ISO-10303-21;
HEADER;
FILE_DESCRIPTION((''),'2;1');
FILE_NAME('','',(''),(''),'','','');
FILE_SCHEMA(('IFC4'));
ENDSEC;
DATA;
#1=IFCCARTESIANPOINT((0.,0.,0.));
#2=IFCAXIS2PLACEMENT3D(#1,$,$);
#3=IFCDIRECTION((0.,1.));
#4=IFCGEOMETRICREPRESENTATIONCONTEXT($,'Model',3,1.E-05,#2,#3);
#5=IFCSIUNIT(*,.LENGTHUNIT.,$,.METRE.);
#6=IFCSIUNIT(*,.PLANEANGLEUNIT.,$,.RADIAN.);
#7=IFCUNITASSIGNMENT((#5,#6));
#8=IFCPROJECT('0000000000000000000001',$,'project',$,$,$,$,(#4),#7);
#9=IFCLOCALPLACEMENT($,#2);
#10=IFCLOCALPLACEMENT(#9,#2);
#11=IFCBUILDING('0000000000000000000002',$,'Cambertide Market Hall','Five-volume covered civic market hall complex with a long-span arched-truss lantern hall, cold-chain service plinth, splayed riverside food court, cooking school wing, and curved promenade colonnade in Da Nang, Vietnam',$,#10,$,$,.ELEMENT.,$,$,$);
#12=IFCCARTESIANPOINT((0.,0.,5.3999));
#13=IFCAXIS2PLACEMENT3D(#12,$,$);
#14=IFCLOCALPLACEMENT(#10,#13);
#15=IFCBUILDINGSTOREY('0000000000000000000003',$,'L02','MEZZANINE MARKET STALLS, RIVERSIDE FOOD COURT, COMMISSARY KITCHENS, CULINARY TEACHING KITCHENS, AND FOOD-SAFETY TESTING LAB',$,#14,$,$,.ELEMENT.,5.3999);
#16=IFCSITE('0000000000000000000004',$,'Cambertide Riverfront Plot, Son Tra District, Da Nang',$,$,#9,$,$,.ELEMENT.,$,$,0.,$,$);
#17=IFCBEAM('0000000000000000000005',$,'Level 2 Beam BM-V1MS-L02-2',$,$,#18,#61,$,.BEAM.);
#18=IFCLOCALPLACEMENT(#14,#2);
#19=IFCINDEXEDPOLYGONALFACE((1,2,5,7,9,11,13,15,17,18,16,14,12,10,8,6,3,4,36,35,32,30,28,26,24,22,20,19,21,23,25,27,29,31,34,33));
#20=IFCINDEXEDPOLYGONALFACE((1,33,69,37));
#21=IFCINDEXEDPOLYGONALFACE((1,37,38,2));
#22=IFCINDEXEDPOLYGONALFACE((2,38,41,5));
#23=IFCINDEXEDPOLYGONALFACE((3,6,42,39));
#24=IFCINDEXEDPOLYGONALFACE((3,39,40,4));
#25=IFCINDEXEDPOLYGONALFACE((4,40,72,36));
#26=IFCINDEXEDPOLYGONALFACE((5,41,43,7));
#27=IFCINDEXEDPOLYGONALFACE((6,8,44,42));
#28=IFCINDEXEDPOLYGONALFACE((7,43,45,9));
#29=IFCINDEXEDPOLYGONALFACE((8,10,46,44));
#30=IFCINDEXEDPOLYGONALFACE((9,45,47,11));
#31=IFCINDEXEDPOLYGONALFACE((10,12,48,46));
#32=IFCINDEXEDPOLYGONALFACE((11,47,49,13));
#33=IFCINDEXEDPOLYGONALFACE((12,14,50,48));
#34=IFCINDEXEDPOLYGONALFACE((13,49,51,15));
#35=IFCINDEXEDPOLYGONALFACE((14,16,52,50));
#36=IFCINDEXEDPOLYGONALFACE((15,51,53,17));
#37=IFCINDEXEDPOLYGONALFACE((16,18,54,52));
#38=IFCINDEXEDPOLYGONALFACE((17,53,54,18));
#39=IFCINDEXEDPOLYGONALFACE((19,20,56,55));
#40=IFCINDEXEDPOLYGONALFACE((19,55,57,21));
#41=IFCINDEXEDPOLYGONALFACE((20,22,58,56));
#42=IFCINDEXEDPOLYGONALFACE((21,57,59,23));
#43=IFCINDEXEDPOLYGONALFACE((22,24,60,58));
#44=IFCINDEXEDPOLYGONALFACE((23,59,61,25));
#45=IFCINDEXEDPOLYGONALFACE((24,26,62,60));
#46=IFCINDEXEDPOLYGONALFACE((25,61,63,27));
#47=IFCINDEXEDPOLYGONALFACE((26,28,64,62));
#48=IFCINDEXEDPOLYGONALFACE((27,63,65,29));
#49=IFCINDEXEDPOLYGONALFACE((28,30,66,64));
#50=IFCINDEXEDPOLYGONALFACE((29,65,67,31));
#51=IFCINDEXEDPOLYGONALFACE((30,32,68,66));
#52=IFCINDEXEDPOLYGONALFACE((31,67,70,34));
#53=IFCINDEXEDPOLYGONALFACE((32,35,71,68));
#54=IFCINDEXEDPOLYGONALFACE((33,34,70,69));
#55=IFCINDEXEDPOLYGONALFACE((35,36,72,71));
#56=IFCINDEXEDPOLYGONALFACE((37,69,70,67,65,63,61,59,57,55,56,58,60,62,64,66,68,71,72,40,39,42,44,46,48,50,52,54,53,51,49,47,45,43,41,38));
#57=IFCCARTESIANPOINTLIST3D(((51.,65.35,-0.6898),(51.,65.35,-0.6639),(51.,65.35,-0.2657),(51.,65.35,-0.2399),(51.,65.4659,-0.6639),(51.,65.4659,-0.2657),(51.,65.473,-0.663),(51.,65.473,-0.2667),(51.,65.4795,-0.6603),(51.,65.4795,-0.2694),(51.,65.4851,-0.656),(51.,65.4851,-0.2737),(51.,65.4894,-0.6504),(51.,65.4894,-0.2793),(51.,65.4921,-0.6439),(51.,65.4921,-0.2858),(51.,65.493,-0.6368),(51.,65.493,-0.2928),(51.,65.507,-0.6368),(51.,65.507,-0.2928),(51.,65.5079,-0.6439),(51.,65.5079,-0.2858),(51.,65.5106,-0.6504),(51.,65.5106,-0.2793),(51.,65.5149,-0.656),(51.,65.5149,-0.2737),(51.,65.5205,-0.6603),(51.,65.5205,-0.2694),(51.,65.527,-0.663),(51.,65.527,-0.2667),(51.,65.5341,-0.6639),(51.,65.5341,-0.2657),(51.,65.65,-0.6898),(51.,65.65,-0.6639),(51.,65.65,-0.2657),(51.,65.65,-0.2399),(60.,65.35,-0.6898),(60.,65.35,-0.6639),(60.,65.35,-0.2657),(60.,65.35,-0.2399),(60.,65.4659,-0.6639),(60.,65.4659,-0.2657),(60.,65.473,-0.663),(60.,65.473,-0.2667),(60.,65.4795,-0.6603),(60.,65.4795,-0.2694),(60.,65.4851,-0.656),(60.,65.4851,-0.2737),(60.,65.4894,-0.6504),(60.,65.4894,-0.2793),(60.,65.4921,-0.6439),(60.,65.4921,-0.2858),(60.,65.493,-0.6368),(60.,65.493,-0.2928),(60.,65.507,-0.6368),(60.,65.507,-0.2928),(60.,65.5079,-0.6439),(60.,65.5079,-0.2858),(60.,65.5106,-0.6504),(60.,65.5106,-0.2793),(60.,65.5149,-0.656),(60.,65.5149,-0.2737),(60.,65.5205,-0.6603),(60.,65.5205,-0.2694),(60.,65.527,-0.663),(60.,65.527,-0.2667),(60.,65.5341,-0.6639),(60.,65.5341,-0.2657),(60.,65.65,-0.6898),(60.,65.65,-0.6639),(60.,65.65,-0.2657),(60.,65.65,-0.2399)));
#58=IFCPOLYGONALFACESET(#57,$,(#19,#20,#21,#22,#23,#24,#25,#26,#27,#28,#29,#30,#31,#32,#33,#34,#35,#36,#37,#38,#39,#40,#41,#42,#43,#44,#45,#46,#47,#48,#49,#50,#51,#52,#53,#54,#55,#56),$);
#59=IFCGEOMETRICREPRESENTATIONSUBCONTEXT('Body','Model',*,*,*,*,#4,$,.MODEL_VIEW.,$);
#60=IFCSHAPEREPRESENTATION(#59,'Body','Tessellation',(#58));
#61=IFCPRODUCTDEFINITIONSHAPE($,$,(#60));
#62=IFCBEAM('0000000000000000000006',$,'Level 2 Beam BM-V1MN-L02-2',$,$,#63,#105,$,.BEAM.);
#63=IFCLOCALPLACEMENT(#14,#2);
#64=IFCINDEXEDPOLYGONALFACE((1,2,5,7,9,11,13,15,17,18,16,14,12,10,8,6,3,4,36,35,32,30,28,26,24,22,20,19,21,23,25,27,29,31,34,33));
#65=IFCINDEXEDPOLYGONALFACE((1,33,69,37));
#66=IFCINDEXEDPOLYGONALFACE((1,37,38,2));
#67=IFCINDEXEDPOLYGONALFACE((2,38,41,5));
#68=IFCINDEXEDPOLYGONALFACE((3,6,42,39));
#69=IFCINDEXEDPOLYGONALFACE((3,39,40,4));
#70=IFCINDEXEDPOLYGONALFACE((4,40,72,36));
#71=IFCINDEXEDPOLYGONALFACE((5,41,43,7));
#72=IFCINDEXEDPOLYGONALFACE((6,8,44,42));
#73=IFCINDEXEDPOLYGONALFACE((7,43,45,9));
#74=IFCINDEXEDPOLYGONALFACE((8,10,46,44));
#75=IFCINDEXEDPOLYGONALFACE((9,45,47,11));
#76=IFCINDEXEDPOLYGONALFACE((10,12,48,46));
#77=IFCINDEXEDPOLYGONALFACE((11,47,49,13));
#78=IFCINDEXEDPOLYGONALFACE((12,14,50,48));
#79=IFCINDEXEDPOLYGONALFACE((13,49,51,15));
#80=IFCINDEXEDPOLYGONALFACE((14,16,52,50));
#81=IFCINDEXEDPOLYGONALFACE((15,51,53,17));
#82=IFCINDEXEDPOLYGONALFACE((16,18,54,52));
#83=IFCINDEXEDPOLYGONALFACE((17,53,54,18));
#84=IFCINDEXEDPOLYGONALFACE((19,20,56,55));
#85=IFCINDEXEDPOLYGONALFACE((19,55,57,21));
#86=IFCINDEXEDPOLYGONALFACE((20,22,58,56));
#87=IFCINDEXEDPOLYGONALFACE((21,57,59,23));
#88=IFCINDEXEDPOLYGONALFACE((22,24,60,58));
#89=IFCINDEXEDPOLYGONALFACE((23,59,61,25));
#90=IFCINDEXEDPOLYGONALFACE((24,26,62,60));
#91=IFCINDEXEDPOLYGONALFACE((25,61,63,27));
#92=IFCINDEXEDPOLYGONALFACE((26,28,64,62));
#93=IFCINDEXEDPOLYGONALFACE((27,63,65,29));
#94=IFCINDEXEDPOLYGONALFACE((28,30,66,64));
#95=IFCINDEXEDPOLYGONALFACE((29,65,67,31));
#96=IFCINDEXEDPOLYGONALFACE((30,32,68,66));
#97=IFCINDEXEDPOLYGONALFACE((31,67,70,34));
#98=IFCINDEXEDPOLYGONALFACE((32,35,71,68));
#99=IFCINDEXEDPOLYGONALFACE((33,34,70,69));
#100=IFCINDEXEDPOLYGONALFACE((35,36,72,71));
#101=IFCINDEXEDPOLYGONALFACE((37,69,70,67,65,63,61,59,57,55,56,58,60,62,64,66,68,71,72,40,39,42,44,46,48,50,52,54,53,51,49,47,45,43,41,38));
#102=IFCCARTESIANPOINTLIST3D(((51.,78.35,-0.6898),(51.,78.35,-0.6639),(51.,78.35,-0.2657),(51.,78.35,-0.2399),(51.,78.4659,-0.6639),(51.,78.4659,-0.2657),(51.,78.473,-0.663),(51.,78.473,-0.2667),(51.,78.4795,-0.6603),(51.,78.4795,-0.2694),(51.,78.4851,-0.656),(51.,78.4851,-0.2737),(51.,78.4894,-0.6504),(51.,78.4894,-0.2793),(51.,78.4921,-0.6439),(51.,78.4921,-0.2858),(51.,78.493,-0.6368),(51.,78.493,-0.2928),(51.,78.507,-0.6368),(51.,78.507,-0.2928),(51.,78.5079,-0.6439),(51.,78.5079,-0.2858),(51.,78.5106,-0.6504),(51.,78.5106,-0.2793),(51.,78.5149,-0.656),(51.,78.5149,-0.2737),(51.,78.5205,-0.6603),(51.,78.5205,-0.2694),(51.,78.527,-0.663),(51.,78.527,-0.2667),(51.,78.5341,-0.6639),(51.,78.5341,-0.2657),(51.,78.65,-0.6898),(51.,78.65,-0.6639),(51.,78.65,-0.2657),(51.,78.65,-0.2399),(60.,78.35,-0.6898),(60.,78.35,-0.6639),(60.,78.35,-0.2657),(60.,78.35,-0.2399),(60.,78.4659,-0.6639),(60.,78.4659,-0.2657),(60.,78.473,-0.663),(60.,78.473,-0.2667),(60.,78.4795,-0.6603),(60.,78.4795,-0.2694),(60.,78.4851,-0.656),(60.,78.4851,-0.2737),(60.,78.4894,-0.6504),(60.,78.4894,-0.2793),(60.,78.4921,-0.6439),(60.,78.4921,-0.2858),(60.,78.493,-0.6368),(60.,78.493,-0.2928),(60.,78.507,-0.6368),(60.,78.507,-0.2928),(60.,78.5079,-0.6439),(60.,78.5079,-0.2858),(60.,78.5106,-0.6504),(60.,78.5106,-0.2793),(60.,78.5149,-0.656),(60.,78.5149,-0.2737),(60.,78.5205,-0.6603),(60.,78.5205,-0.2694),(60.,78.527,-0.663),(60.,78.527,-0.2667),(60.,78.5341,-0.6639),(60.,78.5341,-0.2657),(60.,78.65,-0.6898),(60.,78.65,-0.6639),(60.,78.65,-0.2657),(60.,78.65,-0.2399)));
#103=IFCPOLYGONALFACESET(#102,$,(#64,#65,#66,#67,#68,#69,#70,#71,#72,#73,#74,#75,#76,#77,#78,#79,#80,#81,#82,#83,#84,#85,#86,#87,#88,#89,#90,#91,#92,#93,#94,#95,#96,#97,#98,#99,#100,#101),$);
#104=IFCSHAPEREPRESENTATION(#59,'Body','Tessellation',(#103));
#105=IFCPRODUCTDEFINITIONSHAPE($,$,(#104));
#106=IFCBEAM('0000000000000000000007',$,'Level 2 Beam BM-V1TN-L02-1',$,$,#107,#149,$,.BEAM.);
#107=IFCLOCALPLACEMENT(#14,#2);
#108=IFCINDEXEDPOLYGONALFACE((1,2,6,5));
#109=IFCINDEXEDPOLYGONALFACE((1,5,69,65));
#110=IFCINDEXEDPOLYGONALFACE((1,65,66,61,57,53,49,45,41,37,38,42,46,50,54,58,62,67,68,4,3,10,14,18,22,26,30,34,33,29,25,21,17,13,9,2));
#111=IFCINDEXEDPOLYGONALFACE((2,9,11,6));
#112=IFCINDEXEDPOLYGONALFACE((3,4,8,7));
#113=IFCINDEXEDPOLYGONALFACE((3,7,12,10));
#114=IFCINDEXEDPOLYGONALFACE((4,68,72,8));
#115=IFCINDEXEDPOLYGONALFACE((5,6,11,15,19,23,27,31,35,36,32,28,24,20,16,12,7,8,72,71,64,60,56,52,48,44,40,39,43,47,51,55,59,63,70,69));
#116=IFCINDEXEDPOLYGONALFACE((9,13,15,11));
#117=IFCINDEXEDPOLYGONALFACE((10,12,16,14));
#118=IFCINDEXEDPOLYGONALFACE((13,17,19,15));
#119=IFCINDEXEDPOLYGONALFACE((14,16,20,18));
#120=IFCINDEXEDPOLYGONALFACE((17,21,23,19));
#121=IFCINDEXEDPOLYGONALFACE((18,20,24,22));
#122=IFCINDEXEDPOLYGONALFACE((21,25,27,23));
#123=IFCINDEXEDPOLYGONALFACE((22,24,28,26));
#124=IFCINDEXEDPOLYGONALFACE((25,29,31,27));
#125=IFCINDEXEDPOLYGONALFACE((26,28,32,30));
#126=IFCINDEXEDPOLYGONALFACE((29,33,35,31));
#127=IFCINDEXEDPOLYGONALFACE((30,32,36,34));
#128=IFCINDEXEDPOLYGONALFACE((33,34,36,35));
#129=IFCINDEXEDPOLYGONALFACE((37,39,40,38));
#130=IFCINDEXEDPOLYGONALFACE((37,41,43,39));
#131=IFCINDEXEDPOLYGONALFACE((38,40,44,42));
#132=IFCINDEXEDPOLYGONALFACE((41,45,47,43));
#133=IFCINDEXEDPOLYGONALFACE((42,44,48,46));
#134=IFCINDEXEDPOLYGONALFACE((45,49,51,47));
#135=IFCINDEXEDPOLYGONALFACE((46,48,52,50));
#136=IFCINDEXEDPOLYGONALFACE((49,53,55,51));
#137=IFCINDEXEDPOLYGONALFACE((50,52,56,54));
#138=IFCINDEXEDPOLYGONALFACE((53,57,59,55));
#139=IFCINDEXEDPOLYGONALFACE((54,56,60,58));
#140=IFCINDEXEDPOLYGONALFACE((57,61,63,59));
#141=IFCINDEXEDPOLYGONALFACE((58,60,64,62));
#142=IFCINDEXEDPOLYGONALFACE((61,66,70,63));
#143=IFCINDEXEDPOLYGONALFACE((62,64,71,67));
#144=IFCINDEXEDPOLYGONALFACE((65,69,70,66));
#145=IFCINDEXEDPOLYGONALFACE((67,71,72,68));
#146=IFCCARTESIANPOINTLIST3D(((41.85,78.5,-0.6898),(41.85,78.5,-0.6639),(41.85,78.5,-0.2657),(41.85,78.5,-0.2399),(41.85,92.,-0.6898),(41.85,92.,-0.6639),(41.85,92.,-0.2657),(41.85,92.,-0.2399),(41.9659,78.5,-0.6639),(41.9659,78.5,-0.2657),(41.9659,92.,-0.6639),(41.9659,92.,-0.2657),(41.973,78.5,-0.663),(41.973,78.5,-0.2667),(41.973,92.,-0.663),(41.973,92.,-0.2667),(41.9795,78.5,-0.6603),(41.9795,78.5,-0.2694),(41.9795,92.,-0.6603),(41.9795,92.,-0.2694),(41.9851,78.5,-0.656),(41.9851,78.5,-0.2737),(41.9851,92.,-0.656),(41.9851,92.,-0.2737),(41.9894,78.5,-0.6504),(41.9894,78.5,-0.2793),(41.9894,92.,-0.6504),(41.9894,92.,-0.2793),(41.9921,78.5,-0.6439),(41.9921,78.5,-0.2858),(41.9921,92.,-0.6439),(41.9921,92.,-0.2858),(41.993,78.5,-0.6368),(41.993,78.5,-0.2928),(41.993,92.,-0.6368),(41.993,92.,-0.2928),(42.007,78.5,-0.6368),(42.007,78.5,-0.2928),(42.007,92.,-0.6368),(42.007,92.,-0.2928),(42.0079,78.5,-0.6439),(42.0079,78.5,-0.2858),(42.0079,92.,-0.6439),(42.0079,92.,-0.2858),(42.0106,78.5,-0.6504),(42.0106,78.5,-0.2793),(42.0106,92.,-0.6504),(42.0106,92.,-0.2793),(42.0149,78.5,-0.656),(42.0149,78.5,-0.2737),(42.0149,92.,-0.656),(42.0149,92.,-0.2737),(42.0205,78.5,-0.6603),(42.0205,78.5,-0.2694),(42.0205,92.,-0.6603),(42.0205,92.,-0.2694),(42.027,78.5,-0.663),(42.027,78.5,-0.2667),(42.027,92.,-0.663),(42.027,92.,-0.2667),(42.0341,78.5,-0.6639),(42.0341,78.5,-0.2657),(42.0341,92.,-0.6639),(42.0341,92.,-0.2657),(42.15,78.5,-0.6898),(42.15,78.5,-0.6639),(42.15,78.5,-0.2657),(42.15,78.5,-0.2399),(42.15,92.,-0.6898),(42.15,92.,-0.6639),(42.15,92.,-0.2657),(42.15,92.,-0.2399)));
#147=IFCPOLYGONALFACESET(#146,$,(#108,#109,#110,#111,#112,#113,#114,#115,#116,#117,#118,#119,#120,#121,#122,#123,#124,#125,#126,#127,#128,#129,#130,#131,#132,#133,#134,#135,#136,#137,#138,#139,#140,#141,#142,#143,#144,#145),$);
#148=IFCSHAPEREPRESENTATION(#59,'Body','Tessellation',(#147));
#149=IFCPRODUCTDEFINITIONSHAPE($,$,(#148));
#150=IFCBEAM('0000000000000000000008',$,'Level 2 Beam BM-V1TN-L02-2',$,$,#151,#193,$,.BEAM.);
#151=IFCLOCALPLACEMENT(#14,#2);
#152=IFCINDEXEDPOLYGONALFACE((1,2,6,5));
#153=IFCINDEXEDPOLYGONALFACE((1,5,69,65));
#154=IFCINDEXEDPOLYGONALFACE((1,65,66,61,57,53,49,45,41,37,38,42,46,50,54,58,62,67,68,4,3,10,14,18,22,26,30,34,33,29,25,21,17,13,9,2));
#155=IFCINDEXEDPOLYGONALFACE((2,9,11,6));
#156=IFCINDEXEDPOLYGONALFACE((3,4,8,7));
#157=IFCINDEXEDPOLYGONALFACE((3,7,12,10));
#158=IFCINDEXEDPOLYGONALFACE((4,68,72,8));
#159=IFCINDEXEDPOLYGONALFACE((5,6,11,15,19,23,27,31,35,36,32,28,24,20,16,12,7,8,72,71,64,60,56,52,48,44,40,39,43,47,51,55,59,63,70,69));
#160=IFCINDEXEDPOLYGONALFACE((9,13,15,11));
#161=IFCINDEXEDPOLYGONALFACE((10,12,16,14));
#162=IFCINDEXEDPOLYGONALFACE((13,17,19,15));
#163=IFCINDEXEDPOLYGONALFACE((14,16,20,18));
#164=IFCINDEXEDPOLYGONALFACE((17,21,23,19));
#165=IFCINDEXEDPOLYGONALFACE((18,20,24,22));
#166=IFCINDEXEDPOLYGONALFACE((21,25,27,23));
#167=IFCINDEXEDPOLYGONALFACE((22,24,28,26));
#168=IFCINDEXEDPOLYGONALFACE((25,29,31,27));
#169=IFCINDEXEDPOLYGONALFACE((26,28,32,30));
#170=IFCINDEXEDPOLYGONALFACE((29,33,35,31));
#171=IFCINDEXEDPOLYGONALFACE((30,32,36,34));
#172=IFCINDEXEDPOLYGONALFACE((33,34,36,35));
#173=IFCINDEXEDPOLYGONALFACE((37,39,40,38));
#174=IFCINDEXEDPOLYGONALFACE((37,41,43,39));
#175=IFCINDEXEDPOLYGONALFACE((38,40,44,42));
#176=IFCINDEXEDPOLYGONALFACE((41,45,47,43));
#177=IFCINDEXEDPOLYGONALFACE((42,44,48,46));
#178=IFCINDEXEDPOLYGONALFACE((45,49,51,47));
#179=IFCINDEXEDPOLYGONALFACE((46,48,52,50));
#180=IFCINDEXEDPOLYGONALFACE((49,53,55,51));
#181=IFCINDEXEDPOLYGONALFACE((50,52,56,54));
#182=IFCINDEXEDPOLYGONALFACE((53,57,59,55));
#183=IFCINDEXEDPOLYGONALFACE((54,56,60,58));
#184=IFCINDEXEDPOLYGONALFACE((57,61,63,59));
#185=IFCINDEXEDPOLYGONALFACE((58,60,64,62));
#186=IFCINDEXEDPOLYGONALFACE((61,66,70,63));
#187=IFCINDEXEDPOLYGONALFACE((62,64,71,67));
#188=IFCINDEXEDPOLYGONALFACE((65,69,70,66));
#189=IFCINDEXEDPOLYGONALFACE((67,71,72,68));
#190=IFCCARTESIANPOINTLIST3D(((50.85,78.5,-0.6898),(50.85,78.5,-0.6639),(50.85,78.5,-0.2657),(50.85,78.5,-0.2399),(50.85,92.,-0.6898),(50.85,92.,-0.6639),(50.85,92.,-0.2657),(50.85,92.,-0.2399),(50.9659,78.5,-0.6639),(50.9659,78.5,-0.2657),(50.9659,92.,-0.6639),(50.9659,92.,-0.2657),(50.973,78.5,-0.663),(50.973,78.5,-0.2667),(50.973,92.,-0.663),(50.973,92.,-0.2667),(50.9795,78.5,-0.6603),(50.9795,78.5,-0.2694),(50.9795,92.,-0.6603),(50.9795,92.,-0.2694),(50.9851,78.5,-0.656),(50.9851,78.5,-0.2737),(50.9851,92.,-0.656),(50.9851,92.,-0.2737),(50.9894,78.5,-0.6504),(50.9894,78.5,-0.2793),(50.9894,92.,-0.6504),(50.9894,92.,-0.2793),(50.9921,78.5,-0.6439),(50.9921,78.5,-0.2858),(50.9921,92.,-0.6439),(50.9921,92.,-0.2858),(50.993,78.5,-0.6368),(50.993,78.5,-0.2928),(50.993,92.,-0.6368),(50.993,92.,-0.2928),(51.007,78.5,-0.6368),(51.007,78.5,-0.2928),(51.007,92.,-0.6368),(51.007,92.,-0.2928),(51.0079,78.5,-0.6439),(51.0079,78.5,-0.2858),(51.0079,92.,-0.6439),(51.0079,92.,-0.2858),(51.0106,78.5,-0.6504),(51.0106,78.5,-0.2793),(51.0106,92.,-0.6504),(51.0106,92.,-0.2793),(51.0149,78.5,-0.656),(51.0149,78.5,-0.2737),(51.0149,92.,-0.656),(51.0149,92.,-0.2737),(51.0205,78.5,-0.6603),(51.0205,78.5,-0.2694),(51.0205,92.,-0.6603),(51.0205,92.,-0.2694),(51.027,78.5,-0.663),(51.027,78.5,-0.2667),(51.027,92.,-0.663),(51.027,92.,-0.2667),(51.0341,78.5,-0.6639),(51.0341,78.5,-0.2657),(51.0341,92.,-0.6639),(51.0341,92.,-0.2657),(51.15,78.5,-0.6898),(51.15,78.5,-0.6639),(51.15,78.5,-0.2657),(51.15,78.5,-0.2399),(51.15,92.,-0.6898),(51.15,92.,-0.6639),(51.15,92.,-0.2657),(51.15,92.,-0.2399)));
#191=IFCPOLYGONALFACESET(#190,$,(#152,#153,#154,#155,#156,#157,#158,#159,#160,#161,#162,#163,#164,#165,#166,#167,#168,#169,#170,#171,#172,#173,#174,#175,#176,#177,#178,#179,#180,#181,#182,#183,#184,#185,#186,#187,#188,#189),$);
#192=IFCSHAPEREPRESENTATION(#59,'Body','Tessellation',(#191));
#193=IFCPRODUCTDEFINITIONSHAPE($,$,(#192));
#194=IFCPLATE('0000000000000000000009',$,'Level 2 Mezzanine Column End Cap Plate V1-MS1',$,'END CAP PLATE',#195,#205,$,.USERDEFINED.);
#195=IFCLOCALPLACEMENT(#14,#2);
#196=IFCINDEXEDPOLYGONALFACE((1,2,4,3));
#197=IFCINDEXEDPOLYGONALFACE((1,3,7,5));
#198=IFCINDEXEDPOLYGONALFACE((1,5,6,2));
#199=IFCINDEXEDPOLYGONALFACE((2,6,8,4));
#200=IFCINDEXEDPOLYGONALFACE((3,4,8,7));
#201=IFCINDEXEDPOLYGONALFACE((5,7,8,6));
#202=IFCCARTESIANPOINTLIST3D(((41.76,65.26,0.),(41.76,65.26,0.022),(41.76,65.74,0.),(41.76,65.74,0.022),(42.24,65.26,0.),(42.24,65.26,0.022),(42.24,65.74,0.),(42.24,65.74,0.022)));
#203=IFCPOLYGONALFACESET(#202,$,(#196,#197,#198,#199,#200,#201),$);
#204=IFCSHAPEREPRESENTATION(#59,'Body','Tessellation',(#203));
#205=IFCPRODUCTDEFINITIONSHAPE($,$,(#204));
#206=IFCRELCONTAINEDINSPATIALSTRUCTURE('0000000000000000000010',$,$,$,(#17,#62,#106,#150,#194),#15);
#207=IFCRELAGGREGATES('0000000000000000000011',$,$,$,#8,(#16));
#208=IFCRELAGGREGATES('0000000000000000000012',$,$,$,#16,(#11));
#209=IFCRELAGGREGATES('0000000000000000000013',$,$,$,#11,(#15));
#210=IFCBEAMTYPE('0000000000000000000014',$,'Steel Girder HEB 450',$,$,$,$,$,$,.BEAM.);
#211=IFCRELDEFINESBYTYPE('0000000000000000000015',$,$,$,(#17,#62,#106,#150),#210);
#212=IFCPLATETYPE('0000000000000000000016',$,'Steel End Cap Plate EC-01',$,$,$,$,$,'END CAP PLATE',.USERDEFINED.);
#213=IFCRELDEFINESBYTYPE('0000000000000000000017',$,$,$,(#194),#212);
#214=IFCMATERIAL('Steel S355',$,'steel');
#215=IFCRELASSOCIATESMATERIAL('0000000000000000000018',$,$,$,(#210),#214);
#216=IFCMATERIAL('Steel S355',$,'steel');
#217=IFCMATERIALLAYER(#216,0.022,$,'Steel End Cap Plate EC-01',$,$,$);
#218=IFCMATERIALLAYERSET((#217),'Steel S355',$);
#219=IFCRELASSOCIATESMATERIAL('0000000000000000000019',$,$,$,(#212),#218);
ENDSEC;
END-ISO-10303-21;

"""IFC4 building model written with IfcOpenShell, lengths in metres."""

from ifc_helpers import new_model, si_unit, direction, frame, origin, origin_2d, place, context, subcontext, project, spatial, rectangle, i_section, extrude, material, layer, layer_set, material_profile, profile_set, type_object, element, save


model = new_model("IFC4")

# Units and contexts
model_context = context("Model", 3, precision=1e-05, world=origin(), true_north=direction((0.0, 1.0)))
body_context = subcontext(model_context, "Body", "Model", "MODEL_VIEW")
ifc_project = project(units=[si_unit("LENGTHUNIT", "METRE"), si_unit("PLANEANGLEUNIT", "RADIAN")], contexts=[model_context])

# Site, building, storey
site_placement = place(None, origin())
site = spatial("IfcSite", under=ifc_project, at=site_placement, Name="Cambertide Riverfront Plot, Son Tra District, Da Nang", CompositionType="ELEMENT", RefElevation=0.0)
building_placement = place(site_placement, origin())
building = spatial("IfcBuilding", under=site, at=building_placement, Name="Cambertide Market Hall", Description="Five-volume covered civic market hall complex with a long-span arched-truss lantern hall, cold-chain service plinth, splayed riverside food court, cooking school wing, and curved promenade colonnade in Da Nang, Vietnam", CompositionType="ELEMENT")
storey_placement = place(building_placement, frame((0.0, 0.0, 5.3999)))
storey = spatial("IfcBuildingStorey", under=building, at=storey_placement, Name="L02", Description="MEZZANINE MARKET STALLS, RIVERSIDE FOOD COURT, COMMISSARY KITCHENS, CULINARY TEACHING KITCHENS, AND FOOD-SAFETY TESTING LAB", CompositionType="ELEMENT", Elevation=5.3999)

# Beams
ifc_material_1 = material(Name="Steel S355", Category="steel")
ifc_material_profile_1 = material_profile(ifc_material_1, i_section(OverallWidth=0.3, OverallDepth=0.45, WebThickness=0.0139, FlangeThickness=0.0259, FilletRadius=0.0271, at=origin_2d()), Name="HEB 450")
ifc_profile_set_1 = profile_set([ifc_material_profile_1], Name="Steel S355")
beam_type = type_object("IfcBeamType", Name="Steel Girder HEB 450", PredefinedType="BEAM", material=ifc_profile_set_1)
for number, where, z_axis, x_axis, name in (
    (1, (51.0, 65.5, -0.4648), (1.0, 0.0, 0.0), (0.0, 1.0, 0.0), "Level 2 Beam BM-V1MS-L02-2"),
    (2, (51.0, 78.5, -0.4648), (1.0, 0.0, 0.0), (0.0, 1.0, 0.0), "Level 2 Beam BM-V1MN-L02-2"),
):
    element("IfcBeam", number, at=place(storey_placement, frame(where, z_axis=z_axis, x_axis=x_axis)), inside=storey, type_object=beam_type, Name=name, PredefinedType="BEAM", context=body_context, shape_type="SweptSolid", body=[
        extrude(i_section(OverallWidth=0.3, OverallDepth=0.45, WebThickness=0.0139, FlangeThickness=0.0259, FilletRadius=0.0271, at=origin_2d()), origin(), (0.0, 0.0, 1.0), 9.0),
    ])
for number, where, z_axis, x_axis, name in (
    (3, (42.0, 78.5, -0.4648), (0.0, 1.0, 0.0), (-1.0, 0.0, 0.0), "Level 2 Beam BM-V1TN-L02-1"),
    (4, (51.0, 78.5, -0.4648), (0.0, 1.0, 0.0), (-1.0, 0.0, 0.0), "Level 2 Beam BM-V1TN-L02-2"),
):
    element("IfcBeam", number, at=place(storey_placement, frame(where, z_axis=z_axis, x_axis=x_axis)), inside=storey, type_object=beam_type, Name=name, PredefinedType="BEAM", context=body_context, shape_type="SweptSolid", body=[
        extrude(i_section(OverallWidth=0.3, OverallDepth=0.45, WebThickness=0.0139, FlangeThickness=0.0259, FilletRadius=0.0271, at=origin_2d()), origin(), (0.0, 0.0, 1.0), 13.5),
    ])

# Plate
ifc_material_2 = material(Name="Steel S355", Category="steel")
ifc_layer_1 = layer(ifc_material_2, 0.022, Name="Steel End Cap Plate EC-01")
ifc_layer_set_1 = layer_set([ifc_layer_1], Name="Steel S355")
plate_type_1 = type_object("IfcPlateType", Name="Steel End Cap Plate EC-01", ElementType="END CAP PLATE", PredefinedType="USERDEFINED", material=ifc_layer_set_1)
for number, where, z_axis, x_axis, name in (
    (5, (42.0, 65.5, 0.0), (0.0, 0.0, 1.0), (1.0, 0.0, 0.0), "Level 2 Mezzanine Column End Cap Plate V1-MS1"),
):
    element("IfcPlate", number, at=place(storey_placement, frame(where, z_axis=z_axis, x_axis=x_axis)), inside=storey, type_object=plate_type_1, Name=name, ObjectType="END CAP PLATE", PredefinedType="USERDEFINED", context=body_context, shape_type="SweptSolid", body=[
        extrude(rectangle(XDim=0.48, YDim=0.48, at=origin_2d()), origin(), (0.0, 0.0, 1.0), 0.022),
    ])

save(model, "model.ifc")
